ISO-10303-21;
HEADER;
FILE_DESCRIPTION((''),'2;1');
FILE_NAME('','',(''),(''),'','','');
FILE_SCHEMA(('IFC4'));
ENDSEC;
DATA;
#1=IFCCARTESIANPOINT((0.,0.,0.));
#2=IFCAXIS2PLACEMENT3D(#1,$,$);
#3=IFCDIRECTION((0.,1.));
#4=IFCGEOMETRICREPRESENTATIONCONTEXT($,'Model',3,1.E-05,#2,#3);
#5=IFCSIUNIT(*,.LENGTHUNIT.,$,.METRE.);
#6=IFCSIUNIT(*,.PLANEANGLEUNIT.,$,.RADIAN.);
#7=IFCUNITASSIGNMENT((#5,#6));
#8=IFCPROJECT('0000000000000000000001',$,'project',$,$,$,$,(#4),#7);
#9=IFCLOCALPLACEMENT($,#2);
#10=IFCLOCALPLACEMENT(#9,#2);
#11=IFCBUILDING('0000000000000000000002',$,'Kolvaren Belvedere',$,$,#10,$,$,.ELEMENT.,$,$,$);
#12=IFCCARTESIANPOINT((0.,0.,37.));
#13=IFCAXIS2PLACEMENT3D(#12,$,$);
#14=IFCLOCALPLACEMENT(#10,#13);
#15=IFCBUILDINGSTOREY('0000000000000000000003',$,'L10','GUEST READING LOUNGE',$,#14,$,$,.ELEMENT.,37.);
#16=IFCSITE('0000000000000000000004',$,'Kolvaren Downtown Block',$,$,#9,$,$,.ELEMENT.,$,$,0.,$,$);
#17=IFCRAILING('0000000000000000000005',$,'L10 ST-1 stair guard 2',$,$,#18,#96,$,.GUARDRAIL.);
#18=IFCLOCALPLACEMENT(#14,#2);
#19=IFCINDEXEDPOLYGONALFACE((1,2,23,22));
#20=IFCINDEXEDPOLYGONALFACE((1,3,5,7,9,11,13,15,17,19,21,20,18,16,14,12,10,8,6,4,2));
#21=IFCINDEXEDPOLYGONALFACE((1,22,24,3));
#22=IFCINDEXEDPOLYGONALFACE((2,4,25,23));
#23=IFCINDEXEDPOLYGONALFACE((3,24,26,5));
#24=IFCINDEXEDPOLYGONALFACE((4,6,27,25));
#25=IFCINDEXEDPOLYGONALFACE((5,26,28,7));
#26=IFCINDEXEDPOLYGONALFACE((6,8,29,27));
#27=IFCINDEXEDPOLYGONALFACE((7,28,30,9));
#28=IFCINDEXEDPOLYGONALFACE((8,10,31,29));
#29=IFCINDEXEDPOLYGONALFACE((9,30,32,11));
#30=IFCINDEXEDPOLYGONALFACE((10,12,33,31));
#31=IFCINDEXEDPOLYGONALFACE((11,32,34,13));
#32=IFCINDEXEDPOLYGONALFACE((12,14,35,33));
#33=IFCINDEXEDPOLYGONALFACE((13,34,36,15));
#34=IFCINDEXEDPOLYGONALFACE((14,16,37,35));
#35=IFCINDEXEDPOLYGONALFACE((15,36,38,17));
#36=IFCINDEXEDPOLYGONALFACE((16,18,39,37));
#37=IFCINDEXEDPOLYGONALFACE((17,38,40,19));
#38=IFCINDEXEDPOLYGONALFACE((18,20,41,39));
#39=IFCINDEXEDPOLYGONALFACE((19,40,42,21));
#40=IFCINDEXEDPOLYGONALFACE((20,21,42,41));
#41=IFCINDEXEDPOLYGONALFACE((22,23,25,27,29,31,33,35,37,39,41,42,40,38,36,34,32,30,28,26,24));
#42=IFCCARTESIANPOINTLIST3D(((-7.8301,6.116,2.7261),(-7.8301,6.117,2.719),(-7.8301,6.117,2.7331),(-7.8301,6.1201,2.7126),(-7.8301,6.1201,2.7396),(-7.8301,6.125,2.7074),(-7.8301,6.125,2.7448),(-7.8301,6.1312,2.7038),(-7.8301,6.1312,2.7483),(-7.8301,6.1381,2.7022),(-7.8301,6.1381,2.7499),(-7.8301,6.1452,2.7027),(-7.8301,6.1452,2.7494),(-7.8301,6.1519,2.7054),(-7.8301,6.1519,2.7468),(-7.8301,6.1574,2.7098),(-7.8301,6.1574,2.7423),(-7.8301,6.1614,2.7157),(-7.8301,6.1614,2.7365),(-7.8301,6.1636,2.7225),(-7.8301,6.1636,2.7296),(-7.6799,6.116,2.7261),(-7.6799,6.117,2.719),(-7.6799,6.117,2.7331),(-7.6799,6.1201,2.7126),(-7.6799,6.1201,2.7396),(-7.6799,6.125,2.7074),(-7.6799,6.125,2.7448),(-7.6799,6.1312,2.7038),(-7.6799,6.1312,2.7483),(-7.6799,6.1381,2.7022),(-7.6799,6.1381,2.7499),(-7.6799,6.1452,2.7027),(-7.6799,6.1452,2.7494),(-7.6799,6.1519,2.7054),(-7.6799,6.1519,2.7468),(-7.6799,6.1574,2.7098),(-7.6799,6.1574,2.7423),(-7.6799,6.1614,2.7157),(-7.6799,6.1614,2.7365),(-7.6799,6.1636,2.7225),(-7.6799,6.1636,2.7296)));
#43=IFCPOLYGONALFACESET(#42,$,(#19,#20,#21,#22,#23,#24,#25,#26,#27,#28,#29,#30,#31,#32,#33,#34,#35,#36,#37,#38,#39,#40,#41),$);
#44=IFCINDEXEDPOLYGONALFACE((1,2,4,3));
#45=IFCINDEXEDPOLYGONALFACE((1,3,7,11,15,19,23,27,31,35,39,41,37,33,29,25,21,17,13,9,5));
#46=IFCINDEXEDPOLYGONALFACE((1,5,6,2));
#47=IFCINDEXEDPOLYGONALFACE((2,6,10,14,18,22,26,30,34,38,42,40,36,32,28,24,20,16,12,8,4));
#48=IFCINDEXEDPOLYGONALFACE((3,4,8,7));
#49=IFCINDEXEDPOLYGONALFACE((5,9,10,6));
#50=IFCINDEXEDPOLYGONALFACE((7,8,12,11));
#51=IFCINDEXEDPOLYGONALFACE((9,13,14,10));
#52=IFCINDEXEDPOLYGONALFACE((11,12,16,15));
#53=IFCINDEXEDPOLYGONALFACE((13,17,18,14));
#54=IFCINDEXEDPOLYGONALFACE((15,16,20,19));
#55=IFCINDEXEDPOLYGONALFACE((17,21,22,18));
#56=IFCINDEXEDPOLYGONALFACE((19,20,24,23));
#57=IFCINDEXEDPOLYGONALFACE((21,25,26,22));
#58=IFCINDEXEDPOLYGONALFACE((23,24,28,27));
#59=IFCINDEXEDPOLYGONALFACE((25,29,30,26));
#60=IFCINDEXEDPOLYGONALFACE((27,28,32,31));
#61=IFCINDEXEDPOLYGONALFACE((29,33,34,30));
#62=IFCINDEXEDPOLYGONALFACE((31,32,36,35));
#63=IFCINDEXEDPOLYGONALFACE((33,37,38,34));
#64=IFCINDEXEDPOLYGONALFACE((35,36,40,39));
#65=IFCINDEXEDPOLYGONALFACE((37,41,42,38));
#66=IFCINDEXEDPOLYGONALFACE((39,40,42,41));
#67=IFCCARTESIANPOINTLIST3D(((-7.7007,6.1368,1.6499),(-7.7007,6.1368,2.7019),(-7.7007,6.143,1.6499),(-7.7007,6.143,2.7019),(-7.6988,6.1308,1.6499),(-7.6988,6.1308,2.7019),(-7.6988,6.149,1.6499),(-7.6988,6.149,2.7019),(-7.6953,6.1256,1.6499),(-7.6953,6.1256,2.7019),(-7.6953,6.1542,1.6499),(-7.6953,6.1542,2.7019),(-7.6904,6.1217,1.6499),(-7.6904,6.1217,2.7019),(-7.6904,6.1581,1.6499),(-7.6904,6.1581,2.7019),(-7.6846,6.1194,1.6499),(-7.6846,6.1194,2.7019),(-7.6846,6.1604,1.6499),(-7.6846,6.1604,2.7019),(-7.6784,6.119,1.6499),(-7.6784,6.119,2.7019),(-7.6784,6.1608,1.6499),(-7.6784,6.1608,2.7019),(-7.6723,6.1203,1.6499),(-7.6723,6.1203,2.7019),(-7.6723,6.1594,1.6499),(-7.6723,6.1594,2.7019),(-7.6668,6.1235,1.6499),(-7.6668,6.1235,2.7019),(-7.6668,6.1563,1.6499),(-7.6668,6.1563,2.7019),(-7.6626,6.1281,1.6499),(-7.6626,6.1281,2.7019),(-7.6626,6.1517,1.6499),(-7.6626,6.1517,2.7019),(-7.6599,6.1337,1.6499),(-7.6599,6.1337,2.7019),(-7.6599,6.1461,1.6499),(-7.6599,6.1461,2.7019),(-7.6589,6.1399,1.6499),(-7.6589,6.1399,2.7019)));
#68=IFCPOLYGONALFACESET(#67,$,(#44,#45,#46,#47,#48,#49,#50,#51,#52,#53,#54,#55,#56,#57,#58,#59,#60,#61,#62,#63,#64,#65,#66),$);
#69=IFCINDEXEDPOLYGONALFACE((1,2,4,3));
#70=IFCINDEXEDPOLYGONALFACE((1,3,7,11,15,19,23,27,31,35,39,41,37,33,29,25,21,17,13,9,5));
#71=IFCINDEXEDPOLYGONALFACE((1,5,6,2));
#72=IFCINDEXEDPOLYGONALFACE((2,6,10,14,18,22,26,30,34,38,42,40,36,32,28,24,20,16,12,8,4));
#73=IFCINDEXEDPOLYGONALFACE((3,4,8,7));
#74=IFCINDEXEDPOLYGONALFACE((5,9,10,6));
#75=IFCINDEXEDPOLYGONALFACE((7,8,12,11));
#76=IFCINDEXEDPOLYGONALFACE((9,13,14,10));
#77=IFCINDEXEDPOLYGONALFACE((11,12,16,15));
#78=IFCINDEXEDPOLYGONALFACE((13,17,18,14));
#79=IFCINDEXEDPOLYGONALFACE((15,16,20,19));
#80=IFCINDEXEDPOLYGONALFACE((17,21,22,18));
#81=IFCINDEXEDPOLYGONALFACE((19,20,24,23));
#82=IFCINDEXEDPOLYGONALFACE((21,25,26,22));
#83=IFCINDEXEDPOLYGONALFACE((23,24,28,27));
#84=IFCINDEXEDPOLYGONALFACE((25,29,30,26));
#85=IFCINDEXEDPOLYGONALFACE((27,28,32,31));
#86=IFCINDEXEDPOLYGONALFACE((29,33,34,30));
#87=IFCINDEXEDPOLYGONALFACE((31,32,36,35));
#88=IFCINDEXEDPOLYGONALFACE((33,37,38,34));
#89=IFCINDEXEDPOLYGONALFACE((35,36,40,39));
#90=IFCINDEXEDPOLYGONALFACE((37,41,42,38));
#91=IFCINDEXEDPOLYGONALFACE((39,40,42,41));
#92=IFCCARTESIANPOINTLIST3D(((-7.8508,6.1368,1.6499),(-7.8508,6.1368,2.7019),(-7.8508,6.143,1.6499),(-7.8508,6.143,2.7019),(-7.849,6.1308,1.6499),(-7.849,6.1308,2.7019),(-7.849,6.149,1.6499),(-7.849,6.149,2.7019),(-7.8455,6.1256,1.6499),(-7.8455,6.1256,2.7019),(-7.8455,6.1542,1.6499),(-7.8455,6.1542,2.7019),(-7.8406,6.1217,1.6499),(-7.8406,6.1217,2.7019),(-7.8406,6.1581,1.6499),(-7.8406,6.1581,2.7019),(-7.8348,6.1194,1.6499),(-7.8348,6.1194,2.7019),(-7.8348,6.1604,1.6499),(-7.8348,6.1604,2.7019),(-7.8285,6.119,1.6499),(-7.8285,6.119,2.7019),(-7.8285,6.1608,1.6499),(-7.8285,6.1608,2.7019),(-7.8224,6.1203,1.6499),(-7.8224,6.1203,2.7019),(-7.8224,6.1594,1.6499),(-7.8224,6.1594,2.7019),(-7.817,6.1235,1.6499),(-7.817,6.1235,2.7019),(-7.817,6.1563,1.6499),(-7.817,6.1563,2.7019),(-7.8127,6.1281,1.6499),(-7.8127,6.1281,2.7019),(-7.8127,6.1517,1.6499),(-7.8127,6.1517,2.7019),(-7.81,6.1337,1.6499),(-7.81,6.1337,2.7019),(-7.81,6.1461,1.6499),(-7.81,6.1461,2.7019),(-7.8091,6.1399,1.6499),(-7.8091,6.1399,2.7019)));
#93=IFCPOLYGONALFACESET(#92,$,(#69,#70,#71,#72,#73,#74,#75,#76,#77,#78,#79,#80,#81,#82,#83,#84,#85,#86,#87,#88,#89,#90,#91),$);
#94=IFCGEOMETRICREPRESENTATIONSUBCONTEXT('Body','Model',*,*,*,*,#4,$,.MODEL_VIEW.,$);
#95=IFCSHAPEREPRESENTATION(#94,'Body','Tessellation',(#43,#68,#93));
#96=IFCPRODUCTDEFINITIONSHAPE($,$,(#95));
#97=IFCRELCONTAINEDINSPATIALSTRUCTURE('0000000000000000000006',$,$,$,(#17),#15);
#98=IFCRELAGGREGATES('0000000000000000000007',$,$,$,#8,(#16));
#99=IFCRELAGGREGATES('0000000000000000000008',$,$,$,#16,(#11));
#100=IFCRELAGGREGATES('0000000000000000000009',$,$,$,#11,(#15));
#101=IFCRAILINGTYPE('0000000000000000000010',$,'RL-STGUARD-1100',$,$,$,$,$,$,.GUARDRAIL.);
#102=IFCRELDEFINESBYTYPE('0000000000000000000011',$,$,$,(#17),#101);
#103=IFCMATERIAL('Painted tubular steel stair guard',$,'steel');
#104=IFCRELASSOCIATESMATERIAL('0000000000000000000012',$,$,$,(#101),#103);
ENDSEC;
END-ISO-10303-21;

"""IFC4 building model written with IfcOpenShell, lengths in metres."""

from ifc_helpers import new_model, si_unit, direction, frame, origin, origin_2d, place, context, subcontext, project, spatial, circle, extrude, material, type_object, element, save


model = new_model("IFC4")

# Units and contexts
model_context = context("Model", 3, precision=1e-05, world=origin(), true_north=direction((0.0, 1.0)))
body_context = subcontext(model_context, "Body", "Model", "MODEL_VIEW")
ifc_project = project(units=[si_unit("LENGTHUNIT", "METRE"), si_unit("PLANEANGLEUNIT", "RADIAN")], contexts=[model_context])

# Site, building, storey
site_placement = place(None, origin())
site = spatial("IfcSite", under=ifc_project, at=site_placement, Name="Kolvaren Downtown Block", CompositionType="ELEMENT", RefElevation=0.0)
building_placement = place(site_placement, origin())
building = spatial("IfcBuilding", under=site, at=building_placement, Name="Kolvaren Belvedere", CompositionType="ELEMENT")
storey_placement = place(building_placement, frame((0.0, 0.0, 37.0)))
storey = spatial("IfcBuildingStorey", under=building, at=storey_placement, Name="L10", Description="GUEST READING LOUNGE", CompositionType="ELEMENT", Elevation=37.0)

# Railing
ifc_material_1 = material(Name="Painted tubular steel stair guard", Category="steel")
railing_type_1 = type_object("IfcRailingType", Name="RL-STGUARD-1100", PredefinedType="GUARDRAIL", material=ifc_material_1)
railing_1_placement = place(storey_placement, frame((-7.6799, 6.1399, 1.6499)))
element("IfcRailing", 1, at=railing_1_placement, inside=storey, type_object=railing_type_1, Name="L10 ST-1 stair guard 2", PredefinedType="GUARDRAIL", context=body_context, shape_type="SweptSolid", body=[
    extrude(circle(Radius=0.0239, at=origin_2d()), frame((0.0, 0.0, 1.0762), z_axis=(-1.0, 0.0, 0.0), x_axis=(0.0, -1.0, 0.0)), (0.0, 0.0, 1.0), 0.1501),
    extrude(circle(Radius=0.021, at=origin_2d()), origin(), (0.0, 0.0, 1.0), 1.052),
    extrude(circle(Radius=0.021, at=origin_2d()), frame((-0.1501, 0.0, 0.0)), (0.0, 0.0, 1.0), 1.052),
])

save(model, "model.ifc")
